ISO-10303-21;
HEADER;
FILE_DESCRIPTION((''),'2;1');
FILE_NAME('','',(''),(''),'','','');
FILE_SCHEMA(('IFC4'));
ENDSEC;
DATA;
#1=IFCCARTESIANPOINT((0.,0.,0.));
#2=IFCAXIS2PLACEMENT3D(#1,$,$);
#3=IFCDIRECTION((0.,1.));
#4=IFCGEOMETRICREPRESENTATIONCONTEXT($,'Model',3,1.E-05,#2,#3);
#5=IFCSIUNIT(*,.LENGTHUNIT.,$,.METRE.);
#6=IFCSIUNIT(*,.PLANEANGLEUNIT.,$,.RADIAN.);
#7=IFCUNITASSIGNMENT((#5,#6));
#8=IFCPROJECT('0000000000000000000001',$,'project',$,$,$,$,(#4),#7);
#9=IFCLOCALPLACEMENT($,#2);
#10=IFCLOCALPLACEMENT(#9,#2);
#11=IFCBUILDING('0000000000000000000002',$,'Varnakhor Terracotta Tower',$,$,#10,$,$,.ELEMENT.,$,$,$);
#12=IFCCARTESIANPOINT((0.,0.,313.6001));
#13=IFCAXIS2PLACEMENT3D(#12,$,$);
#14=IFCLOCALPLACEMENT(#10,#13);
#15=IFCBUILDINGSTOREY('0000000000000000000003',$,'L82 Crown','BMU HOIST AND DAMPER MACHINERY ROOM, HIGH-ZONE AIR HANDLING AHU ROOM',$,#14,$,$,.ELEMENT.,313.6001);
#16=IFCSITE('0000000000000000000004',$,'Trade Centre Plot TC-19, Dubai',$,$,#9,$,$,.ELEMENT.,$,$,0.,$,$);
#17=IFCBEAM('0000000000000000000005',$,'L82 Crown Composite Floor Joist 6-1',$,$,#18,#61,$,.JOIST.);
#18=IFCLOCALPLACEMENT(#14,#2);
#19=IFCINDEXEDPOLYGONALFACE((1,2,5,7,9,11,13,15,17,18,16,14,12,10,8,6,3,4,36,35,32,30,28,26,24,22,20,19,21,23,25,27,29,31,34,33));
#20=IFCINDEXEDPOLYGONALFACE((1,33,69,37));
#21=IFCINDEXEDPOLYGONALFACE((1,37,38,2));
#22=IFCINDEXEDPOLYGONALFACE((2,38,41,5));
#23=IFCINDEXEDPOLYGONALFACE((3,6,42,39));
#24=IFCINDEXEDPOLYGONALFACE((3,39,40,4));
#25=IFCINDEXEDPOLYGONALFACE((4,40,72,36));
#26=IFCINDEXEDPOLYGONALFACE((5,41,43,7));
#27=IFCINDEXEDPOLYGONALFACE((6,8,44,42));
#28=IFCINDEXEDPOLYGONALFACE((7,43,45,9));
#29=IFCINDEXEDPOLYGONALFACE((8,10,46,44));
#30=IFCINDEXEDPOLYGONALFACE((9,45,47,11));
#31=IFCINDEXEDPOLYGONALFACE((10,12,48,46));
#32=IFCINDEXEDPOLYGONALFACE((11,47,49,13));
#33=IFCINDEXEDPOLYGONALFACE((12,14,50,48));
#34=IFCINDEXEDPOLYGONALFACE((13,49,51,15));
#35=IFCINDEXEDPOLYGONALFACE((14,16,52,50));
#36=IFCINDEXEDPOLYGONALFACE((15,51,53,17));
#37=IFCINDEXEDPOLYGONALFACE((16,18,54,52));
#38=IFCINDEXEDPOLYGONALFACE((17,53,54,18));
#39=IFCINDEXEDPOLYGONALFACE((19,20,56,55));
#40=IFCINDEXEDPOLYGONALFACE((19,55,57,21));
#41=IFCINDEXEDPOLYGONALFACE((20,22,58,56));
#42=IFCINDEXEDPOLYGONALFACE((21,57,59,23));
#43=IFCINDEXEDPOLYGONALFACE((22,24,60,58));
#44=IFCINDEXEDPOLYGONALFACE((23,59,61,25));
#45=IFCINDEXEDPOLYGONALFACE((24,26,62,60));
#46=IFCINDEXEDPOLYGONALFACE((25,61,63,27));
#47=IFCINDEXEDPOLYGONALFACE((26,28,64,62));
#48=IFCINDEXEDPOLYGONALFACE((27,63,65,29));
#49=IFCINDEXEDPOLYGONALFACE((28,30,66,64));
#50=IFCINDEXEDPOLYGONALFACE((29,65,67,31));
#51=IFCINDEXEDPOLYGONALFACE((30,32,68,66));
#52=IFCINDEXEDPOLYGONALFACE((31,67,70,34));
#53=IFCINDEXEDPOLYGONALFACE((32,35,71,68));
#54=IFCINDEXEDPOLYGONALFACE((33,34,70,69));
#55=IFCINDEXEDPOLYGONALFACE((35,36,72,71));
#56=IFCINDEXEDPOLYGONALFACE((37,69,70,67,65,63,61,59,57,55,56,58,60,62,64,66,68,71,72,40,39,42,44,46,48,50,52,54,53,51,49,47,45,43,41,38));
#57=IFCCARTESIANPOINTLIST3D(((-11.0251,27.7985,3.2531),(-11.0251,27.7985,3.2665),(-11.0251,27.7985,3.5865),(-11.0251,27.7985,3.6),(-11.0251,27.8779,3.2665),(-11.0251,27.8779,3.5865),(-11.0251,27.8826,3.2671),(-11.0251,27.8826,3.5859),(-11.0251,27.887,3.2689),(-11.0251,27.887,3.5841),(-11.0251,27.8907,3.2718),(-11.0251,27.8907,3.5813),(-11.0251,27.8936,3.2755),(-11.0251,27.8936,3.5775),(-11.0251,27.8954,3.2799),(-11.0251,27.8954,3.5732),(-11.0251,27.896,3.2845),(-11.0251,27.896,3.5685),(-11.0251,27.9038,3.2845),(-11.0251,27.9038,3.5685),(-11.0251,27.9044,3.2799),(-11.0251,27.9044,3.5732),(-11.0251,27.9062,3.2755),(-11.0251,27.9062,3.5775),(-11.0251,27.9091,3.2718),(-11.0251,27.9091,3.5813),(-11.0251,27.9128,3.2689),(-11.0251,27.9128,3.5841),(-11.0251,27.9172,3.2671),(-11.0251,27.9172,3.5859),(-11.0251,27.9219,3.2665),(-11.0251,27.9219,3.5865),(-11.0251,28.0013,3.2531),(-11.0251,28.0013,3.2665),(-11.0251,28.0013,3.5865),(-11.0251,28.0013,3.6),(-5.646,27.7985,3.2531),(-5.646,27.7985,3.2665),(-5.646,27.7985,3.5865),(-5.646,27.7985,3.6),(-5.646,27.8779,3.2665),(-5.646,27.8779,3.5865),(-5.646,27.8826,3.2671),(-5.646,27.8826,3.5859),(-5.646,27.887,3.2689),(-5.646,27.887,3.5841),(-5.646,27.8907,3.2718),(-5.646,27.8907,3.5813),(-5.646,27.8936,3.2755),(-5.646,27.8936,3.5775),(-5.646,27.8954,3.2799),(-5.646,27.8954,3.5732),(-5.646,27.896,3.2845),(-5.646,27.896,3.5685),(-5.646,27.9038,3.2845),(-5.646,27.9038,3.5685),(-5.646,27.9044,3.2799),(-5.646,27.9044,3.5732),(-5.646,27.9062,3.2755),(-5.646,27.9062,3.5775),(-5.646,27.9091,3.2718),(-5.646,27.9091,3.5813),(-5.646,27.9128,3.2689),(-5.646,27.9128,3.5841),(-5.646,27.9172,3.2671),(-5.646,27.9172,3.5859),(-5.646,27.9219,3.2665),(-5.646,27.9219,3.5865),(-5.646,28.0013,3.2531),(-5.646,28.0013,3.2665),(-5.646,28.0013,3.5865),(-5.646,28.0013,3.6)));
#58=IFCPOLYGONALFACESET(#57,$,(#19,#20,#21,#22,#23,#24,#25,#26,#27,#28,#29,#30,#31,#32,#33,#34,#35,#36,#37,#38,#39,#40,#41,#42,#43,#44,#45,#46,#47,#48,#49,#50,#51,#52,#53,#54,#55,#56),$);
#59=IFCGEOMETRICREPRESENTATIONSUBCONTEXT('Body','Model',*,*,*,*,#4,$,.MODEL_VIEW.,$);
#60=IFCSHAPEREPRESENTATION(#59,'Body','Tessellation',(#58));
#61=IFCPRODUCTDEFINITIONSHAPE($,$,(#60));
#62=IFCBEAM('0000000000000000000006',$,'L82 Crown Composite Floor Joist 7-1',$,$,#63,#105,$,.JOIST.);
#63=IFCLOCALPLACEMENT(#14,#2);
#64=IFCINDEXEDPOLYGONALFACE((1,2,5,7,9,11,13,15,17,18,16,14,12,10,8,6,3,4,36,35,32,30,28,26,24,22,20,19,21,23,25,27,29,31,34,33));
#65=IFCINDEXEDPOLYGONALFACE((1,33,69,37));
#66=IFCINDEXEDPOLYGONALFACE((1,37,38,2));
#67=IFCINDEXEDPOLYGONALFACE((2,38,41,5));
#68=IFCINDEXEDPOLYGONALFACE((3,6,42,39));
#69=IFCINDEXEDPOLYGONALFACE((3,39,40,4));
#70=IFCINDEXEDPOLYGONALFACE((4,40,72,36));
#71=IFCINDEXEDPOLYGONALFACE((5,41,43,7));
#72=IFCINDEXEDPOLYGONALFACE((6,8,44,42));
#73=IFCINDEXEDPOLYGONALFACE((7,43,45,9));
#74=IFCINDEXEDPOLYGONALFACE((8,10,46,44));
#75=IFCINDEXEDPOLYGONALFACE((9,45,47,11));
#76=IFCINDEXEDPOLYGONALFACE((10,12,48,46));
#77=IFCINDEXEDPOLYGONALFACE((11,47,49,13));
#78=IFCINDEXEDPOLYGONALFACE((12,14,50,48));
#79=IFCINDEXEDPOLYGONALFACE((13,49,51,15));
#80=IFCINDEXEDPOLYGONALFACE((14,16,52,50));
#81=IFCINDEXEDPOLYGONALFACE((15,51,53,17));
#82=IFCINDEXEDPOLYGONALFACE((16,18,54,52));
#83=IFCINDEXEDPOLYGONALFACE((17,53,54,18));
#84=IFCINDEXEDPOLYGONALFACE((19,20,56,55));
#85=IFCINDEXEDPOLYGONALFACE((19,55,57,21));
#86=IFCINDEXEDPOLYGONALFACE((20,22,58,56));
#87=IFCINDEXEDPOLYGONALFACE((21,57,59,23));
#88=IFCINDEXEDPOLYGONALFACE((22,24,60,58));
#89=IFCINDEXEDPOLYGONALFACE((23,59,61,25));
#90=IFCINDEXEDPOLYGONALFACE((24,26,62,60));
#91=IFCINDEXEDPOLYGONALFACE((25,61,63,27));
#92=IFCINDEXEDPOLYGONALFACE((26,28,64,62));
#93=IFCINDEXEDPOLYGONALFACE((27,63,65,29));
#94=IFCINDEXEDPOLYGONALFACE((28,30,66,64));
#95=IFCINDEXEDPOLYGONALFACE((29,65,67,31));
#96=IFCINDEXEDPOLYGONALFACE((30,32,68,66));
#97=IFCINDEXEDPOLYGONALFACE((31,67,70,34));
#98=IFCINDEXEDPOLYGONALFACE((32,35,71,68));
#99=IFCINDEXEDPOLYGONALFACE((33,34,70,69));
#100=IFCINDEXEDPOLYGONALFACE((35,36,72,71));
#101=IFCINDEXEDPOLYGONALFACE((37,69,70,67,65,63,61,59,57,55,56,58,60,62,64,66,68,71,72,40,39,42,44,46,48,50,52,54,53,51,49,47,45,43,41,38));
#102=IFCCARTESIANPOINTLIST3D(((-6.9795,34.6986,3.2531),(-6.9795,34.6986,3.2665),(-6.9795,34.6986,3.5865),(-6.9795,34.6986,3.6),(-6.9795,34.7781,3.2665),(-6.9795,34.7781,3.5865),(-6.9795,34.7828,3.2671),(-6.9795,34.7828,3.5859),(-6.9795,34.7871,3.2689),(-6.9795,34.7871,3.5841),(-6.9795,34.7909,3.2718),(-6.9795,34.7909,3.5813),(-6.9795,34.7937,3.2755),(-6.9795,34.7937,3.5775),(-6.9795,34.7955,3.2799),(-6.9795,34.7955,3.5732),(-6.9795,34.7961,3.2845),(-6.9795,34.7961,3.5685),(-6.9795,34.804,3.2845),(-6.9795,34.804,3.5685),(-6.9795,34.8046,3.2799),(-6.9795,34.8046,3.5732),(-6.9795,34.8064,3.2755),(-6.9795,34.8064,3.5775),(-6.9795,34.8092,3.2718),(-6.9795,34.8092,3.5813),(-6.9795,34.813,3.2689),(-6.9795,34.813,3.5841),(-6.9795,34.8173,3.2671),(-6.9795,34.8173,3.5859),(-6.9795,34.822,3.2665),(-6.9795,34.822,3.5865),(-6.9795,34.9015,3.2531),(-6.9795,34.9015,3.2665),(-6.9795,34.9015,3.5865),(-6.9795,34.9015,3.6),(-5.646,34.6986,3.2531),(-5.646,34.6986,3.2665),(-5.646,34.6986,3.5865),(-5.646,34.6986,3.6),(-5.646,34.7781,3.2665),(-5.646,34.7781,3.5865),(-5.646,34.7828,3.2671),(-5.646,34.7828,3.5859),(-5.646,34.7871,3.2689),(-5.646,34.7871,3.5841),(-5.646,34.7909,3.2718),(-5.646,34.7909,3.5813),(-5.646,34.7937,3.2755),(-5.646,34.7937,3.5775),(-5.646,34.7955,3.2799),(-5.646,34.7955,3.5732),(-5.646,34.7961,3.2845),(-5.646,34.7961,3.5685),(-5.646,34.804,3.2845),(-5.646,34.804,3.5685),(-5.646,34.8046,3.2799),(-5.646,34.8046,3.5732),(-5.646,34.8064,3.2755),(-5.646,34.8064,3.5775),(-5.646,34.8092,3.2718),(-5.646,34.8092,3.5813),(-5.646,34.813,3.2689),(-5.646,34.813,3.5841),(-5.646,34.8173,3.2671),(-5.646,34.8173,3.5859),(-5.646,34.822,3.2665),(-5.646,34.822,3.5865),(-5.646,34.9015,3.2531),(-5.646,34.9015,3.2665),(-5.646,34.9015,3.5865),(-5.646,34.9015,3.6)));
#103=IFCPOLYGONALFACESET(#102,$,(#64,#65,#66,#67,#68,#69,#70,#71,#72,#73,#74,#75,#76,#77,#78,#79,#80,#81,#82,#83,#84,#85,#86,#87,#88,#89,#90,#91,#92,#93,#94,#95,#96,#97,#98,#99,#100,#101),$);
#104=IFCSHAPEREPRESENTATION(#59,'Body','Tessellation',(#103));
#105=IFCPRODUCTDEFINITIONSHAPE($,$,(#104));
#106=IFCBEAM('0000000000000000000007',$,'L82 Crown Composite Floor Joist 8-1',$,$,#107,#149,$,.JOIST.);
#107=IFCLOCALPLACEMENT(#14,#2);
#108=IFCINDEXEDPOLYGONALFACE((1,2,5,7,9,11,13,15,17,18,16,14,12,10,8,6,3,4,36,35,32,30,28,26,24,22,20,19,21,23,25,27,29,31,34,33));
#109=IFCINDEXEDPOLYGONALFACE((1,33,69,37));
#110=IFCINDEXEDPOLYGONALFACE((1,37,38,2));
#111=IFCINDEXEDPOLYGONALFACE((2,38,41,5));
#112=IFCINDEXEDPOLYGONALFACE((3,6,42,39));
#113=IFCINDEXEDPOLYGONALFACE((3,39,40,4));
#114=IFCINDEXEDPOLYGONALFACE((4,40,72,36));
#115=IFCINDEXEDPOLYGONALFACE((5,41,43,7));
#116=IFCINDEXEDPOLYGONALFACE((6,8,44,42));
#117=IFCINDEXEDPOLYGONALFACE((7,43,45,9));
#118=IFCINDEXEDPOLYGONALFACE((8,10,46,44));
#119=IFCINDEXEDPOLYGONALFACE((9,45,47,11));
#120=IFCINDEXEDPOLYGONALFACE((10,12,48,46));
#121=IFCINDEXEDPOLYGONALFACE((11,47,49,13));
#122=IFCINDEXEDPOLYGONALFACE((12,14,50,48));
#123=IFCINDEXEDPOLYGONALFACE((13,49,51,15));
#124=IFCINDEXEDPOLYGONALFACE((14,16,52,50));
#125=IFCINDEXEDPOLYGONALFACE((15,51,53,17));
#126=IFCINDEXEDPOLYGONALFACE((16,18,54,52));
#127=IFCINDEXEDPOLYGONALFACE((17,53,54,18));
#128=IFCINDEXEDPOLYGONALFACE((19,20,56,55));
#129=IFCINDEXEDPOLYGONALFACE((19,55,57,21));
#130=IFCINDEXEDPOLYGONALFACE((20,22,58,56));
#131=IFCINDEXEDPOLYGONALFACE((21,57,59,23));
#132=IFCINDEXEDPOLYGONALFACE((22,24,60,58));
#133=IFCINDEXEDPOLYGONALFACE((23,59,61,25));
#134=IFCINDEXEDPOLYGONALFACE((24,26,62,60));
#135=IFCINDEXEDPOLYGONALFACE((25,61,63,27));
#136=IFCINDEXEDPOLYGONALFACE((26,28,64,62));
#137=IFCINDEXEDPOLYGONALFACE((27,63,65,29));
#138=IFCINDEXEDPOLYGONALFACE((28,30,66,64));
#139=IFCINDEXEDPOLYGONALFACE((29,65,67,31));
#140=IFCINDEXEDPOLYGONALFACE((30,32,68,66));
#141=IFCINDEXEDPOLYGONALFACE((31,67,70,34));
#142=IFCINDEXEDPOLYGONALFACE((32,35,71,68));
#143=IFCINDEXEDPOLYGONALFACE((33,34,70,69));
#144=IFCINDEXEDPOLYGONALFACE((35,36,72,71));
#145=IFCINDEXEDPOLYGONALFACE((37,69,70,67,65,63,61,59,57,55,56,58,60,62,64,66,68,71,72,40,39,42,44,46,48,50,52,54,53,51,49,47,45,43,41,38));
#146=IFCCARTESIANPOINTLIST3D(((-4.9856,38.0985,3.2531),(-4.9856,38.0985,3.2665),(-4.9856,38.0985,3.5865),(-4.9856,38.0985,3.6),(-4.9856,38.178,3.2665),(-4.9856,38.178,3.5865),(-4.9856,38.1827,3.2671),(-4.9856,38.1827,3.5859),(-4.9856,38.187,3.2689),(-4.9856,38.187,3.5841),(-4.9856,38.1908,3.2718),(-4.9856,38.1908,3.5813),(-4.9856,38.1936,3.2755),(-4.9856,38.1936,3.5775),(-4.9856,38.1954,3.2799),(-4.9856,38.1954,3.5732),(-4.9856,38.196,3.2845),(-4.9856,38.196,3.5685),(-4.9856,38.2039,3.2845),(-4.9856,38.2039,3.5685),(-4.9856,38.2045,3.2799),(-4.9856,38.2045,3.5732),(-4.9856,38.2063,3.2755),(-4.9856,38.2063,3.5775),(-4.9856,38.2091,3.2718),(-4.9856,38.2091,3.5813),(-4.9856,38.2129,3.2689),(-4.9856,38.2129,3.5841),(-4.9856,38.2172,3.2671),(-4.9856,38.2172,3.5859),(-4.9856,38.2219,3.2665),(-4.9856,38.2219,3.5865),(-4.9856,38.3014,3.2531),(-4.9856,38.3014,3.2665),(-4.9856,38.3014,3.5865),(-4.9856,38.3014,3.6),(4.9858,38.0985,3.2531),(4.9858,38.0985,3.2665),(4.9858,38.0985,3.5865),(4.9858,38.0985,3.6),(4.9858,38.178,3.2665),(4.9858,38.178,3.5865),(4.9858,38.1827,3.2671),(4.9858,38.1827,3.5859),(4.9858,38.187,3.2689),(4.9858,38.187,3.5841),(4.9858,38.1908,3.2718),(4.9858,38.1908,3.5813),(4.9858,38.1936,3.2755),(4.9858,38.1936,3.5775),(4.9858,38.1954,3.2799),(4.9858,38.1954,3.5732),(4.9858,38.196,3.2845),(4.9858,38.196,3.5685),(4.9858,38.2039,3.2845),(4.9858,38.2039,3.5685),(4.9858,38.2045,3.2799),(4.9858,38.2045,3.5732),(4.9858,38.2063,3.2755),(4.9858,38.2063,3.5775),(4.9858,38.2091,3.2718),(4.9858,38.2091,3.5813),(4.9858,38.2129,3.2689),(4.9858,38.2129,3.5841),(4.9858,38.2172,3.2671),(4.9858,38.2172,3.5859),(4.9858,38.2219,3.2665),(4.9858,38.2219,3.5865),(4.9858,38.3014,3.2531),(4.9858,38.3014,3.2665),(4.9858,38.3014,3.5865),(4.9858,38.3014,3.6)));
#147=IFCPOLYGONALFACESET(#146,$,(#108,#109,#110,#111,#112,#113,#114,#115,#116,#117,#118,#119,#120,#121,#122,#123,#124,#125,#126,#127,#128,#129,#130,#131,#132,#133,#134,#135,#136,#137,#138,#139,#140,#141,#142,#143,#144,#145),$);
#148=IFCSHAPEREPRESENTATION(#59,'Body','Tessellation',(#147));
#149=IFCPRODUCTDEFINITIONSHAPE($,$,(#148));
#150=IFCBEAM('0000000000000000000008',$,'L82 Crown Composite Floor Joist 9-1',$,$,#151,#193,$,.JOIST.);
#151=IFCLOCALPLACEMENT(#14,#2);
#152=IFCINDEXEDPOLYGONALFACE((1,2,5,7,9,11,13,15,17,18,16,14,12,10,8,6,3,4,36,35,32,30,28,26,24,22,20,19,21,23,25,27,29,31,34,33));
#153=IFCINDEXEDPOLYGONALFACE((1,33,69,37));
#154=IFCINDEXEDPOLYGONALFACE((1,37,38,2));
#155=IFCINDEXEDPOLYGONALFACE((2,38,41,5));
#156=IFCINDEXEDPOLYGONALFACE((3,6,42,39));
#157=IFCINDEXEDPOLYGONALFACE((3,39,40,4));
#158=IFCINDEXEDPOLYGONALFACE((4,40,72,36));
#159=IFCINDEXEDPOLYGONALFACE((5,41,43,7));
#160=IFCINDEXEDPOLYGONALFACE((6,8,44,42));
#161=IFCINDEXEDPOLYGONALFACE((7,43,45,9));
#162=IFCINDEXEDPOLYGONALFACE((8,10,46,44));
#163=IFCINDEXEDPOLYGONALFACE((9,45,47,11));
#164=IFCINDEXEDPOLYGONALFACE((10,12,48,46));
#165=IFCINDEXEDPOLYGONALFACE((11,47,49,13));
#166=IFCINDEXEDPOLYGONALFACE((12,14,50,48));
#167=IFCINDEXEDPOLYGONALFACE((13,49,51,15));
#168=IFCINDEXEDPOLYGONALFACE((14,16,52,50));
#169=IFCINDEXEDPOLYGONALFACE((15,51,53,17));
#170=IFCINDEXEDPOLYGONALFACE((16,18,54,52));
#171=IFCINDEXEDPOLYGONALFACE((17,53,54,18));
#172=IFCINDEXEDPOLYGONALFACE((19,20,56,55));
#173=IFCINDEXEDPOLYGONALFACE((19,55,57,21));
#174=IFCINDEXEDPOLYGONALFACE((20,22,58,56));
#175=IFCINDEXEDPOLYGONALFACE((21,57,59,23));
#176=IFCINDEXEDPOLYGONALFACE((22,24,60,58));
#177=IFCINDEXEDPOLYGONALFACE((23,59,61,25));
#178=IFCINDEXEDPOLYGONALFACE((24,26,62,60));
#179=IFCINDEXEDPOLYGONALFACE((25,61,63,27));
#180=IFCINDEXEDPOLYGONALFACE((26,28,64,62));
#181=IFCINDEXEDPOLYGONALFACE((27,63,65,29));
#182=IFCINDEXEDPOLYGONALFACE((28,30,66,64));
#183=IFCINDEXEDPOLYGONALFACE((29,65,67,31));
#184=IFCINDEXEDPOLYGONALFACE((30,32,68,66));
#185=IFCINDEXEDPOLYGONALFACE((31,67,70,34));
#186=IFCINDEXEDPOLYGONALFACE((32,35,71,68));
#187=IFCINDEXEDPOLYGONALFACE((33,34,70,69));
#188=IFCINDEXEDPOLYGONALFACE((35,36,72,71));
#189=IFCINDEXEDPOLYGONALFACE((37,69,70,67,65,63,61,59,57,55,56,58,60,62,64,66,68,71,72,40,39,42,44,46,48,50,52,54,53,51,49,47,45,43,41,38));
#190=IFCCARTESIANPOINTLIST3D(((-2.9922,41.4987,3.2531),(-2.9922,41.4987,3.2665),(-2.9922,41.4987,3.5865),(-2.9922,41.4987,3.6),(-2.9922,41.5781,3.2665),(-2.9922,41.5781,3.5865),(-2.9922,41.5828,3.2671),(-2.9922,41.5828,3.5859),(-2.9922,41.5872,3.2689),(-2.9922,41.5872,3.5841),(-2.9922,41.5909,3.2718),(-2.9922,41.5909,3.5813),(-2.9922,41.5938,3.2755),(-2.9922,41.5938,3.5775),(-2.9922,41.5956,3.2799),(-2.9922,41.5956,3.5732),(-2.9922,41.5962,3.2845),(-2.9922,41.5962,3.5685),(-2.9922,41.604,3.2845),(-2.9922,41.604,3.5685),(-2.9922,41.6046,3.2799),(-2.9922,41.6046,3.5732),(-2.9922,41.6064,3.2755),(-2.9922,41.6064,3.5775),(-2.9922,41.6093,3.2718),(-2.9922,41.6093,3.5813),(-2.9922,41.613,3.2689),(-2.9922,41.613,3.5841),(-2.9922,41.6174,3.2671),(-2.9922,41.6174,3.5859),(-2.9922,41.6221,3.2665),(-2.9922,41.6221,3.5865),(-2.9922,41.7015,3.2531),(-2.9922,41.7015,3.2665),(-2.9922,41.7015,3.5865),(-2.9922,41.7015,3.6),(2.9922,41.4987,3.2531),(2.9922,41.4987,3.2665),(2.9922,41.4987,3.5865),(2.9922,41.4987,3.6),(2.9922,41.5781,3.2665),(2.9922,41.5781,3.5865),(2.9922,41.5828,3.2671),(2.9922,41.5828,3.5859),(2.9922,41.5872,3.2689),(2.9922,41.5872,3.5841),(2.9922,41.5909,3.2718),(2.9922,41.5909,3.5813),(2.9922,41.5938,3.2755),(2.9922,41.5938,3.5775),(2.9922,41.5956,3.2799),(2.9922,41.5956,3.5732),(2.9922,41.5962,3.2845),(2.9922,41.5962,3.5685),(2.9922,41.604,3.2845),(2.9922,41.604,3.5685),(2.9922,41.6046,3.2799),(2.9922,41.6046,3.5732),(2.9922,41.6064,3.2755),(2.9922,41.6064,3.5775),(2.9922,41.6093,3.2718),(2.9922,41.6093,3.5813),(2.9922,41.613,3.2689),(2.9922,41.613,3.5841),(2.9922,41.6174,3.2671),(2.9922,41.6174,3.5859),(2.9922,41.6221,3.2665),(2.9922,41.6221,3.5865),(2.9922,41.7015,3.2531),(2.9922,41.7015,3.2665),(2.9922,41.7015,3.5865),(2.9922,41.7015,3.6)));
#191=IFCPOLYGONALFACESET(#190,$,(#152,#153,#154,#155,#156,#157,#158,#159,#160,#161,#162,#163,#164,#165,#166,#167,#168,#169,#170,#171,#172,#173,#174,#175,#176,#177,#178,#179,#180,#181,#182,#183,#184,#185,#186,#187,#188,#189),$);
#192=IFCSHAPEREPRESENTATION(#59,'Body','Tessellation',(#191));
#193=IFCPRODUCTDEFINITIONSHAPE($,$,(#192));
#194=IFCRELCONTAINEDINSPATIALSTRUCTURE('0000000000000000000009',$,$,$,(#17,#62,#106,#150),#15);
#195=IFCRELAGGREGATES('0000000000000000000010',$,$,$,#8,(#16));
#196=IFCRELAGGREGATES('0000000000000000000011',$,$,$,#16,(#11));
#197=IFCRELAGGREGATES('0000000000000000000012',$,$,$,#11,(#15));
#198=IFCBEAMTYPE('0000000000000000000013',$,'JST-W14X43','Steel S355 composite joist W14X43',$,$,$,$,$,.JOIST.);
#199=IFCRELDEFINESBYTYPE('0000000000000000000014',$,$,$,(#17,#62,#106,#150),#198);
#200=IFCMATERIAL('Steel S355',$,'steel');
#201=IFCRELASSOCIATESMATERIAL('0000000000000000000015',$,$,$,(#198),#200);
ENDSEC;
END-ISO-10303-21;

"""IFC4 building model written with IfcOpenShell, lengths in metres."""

from ifc_helpers import new_model, si_unit, direction, frame, origin, origin_2d, place, context, subcontext, project, spatial, i_section, extrude, source, transform, mapped, material, material_profile, profile_set, type_object, element, save


model = new_model("IFC4")

# Units and contexts
model_context = context("Model", 3, precision=1e-05, world=origin(), true_north=direction((0.0, 1.0)))
body_context = subcontext(model_context, "Body", "Model", "MODEL_VIEW")
ifc_project = project(units=[si_unit("LENGTHUNIT", "METRE"), si_unit("PLANEANGLEUNIT", "RADIAN")], contexts=[model_context])

# Site, building, storey
site_placement = place(None, origin())
site = spatial("IfcSite", under=ifc_project, at=site_placement, Name="Trade Centre Plot TC-19, Dubai", CompositionType="ELEMENT", RefElevation=0.0)
building_placement = place(site_placement, origin())
building = spatial("IfcBuilding", under=site, at=building_placement, Name="Varnakhor Terracotta Tower", CompositionType="ELEMENT")
storey_placement = place(building_placement, frame((0.0, 0.0, 313.6001)))
storey = spatial("IfcBuildingStorey", under=building, at=storey_placement, Name="L82 Crown", Description="BMU HOIST AND DAMPER MACHINERY ROOM, HIGH-ZONE AIR HANDLING AHU ROOM", CompositionType="ELEMENT", Elevation=313.6001)

# Beams
ifc_material_1 = material(Name="Steel S355", Category="steel")
ifc_material_profile_1 = material_profile(ifc_material_1, i_section(OverallWidth=0.2029, OverallDepth=0.3469, WebThickness=0.0078, FlangeThickness=0.0134, FilletRadius=0.0181, at=origin_2d()), Name="W14X43")
ifc_profile_set_1 = profile_set([ifc_material_profile_1], Name="Steel S355")
beam_type_1 = type_object("IfcBeamType", Name="JST-W14X43", Description="Steel S355 composite joist W14X43", PredefinedType="JOIST", material=ifc_profile_set_1)
shared_shape_1 = source(origin(), body_context, "Body", "SweptSolid", [
    extrude(i_section(OverallWidth=0.2029, OverallDepth=0.3469, WebThickness=0.0078, FlangeThickness=0.0134, FilletRadius=0.0181, at=origin_2d()), origin(), (0.0, 0.0, 1.0), 5.3792),
])
beam_1_placement = place(storey_placement, frame((-11.0251, 27.8999, 3.4265), z_axis=(1.0, 0.0, 0.0), x_axis=(0.0, 1.0, 0.0)))
element("IfcBeam", 1, at=beam_1_placement, inside=storey, type_object=beam_type_1, Name="L82 Crown Composite Floor Joist 6-1", PredefinedType="JOIST", context=body_context, shape_type="MappedRepresentation", body=[
    mapped(shared_shape_1, transform((0.0, 0.0, 0.0), scale=1.0)),
])
shared_shape_2 = source(origin(), body_context, "Body", "SweptSolid", [
    extrude(i_section(OverallWidth=0.2029, OverallDepth=0.3469, WebThickness=0.0078, FlangeThickness=0.0134, FilletRadius=0.0181, at=origin_2d()), origin(), (0.0, 0.0, 1.0), 1.3335),
])
beam_2_placement = place(storey_placement, frame((-6.9795, 34.8, 3.4265), z_axis=(1.0, 0.0, 0.0), x_axis=(0.0, 1.0, 0.0)))
element("IfcBeam", 2, at=beam_2_placement, inside=storey, type_object=beam_type_1, Name="L82 Crown Composite Floor Joist 7-1", PredefinedType="JOIST", context=body_context, shape_type="MappedRepresentation", body=[
    mapped(shared_shape_2, transform((0.0, 0.0, 0.0), scale=1.0)),
])
shared_shape_3 = source(origin(), body_context, "Body", "SweptSolid", [
    extrude(i_section(OverallWidth=0.2029, OverallDepth=0.3469, WebThickness=0.0078, FlangeThickness=0.0134, FilletRadius=0.0181, at=origin_2d()), origin(), (0.0, 0.0, 1.0), 9.9714),
])
beam_3_placement = place(storey_placement, frame((-4.9856, 38.2, 3.4265), z_axis=(1.0, 0.0, 0.0), x_axis=(0.0, 1.0, 0.0)))
element("IfcBeam", 3, at=beam_3_placement, inside=storey, type_object=beam_type_1, Name="L82 Crown Composite Floor Joist 8-1", PredefinedType="JOIST", context=body_context, shape_type="MappedRepresentation", body=[
    mapped(shared_shape_3, transform((0.0, 0.0, 0.0), scale=1.0)),
])
shared_shape_4 = source(origin(), body_context, "Body", "SweptSolid", [
    extrude(i_section(OverallWidth=0.2029, OverallDepth=0.3469, WebThickness=0.0078, FlangeThickness=0.0134, FilletRadius=0.0181, at=origin_2d()), origin(), (0.0, 0.0, 1.0), 5.9844),
])
beam_4_placement = place(storey_placement, frame((-2.9922, 41.6001, 3.4265), z_axis=(1.0, 0.0, 0.0), x_axis=(0.0, 1.0, 0.0)))
element("IfcBeam", 4, at=beam_4_placement, inside=storey, type_object=beam_type_1, Name="L82 Crown Composite Floor Joist 9-1", PredefinedType="JOIST", context=body_context, shape_type="MappedRepresentation", body=[
    mapped(shared_shape_4, transform((0.0, 0.0, 0.0), scale=1.0)),
])

save(model, "model.ifc")
